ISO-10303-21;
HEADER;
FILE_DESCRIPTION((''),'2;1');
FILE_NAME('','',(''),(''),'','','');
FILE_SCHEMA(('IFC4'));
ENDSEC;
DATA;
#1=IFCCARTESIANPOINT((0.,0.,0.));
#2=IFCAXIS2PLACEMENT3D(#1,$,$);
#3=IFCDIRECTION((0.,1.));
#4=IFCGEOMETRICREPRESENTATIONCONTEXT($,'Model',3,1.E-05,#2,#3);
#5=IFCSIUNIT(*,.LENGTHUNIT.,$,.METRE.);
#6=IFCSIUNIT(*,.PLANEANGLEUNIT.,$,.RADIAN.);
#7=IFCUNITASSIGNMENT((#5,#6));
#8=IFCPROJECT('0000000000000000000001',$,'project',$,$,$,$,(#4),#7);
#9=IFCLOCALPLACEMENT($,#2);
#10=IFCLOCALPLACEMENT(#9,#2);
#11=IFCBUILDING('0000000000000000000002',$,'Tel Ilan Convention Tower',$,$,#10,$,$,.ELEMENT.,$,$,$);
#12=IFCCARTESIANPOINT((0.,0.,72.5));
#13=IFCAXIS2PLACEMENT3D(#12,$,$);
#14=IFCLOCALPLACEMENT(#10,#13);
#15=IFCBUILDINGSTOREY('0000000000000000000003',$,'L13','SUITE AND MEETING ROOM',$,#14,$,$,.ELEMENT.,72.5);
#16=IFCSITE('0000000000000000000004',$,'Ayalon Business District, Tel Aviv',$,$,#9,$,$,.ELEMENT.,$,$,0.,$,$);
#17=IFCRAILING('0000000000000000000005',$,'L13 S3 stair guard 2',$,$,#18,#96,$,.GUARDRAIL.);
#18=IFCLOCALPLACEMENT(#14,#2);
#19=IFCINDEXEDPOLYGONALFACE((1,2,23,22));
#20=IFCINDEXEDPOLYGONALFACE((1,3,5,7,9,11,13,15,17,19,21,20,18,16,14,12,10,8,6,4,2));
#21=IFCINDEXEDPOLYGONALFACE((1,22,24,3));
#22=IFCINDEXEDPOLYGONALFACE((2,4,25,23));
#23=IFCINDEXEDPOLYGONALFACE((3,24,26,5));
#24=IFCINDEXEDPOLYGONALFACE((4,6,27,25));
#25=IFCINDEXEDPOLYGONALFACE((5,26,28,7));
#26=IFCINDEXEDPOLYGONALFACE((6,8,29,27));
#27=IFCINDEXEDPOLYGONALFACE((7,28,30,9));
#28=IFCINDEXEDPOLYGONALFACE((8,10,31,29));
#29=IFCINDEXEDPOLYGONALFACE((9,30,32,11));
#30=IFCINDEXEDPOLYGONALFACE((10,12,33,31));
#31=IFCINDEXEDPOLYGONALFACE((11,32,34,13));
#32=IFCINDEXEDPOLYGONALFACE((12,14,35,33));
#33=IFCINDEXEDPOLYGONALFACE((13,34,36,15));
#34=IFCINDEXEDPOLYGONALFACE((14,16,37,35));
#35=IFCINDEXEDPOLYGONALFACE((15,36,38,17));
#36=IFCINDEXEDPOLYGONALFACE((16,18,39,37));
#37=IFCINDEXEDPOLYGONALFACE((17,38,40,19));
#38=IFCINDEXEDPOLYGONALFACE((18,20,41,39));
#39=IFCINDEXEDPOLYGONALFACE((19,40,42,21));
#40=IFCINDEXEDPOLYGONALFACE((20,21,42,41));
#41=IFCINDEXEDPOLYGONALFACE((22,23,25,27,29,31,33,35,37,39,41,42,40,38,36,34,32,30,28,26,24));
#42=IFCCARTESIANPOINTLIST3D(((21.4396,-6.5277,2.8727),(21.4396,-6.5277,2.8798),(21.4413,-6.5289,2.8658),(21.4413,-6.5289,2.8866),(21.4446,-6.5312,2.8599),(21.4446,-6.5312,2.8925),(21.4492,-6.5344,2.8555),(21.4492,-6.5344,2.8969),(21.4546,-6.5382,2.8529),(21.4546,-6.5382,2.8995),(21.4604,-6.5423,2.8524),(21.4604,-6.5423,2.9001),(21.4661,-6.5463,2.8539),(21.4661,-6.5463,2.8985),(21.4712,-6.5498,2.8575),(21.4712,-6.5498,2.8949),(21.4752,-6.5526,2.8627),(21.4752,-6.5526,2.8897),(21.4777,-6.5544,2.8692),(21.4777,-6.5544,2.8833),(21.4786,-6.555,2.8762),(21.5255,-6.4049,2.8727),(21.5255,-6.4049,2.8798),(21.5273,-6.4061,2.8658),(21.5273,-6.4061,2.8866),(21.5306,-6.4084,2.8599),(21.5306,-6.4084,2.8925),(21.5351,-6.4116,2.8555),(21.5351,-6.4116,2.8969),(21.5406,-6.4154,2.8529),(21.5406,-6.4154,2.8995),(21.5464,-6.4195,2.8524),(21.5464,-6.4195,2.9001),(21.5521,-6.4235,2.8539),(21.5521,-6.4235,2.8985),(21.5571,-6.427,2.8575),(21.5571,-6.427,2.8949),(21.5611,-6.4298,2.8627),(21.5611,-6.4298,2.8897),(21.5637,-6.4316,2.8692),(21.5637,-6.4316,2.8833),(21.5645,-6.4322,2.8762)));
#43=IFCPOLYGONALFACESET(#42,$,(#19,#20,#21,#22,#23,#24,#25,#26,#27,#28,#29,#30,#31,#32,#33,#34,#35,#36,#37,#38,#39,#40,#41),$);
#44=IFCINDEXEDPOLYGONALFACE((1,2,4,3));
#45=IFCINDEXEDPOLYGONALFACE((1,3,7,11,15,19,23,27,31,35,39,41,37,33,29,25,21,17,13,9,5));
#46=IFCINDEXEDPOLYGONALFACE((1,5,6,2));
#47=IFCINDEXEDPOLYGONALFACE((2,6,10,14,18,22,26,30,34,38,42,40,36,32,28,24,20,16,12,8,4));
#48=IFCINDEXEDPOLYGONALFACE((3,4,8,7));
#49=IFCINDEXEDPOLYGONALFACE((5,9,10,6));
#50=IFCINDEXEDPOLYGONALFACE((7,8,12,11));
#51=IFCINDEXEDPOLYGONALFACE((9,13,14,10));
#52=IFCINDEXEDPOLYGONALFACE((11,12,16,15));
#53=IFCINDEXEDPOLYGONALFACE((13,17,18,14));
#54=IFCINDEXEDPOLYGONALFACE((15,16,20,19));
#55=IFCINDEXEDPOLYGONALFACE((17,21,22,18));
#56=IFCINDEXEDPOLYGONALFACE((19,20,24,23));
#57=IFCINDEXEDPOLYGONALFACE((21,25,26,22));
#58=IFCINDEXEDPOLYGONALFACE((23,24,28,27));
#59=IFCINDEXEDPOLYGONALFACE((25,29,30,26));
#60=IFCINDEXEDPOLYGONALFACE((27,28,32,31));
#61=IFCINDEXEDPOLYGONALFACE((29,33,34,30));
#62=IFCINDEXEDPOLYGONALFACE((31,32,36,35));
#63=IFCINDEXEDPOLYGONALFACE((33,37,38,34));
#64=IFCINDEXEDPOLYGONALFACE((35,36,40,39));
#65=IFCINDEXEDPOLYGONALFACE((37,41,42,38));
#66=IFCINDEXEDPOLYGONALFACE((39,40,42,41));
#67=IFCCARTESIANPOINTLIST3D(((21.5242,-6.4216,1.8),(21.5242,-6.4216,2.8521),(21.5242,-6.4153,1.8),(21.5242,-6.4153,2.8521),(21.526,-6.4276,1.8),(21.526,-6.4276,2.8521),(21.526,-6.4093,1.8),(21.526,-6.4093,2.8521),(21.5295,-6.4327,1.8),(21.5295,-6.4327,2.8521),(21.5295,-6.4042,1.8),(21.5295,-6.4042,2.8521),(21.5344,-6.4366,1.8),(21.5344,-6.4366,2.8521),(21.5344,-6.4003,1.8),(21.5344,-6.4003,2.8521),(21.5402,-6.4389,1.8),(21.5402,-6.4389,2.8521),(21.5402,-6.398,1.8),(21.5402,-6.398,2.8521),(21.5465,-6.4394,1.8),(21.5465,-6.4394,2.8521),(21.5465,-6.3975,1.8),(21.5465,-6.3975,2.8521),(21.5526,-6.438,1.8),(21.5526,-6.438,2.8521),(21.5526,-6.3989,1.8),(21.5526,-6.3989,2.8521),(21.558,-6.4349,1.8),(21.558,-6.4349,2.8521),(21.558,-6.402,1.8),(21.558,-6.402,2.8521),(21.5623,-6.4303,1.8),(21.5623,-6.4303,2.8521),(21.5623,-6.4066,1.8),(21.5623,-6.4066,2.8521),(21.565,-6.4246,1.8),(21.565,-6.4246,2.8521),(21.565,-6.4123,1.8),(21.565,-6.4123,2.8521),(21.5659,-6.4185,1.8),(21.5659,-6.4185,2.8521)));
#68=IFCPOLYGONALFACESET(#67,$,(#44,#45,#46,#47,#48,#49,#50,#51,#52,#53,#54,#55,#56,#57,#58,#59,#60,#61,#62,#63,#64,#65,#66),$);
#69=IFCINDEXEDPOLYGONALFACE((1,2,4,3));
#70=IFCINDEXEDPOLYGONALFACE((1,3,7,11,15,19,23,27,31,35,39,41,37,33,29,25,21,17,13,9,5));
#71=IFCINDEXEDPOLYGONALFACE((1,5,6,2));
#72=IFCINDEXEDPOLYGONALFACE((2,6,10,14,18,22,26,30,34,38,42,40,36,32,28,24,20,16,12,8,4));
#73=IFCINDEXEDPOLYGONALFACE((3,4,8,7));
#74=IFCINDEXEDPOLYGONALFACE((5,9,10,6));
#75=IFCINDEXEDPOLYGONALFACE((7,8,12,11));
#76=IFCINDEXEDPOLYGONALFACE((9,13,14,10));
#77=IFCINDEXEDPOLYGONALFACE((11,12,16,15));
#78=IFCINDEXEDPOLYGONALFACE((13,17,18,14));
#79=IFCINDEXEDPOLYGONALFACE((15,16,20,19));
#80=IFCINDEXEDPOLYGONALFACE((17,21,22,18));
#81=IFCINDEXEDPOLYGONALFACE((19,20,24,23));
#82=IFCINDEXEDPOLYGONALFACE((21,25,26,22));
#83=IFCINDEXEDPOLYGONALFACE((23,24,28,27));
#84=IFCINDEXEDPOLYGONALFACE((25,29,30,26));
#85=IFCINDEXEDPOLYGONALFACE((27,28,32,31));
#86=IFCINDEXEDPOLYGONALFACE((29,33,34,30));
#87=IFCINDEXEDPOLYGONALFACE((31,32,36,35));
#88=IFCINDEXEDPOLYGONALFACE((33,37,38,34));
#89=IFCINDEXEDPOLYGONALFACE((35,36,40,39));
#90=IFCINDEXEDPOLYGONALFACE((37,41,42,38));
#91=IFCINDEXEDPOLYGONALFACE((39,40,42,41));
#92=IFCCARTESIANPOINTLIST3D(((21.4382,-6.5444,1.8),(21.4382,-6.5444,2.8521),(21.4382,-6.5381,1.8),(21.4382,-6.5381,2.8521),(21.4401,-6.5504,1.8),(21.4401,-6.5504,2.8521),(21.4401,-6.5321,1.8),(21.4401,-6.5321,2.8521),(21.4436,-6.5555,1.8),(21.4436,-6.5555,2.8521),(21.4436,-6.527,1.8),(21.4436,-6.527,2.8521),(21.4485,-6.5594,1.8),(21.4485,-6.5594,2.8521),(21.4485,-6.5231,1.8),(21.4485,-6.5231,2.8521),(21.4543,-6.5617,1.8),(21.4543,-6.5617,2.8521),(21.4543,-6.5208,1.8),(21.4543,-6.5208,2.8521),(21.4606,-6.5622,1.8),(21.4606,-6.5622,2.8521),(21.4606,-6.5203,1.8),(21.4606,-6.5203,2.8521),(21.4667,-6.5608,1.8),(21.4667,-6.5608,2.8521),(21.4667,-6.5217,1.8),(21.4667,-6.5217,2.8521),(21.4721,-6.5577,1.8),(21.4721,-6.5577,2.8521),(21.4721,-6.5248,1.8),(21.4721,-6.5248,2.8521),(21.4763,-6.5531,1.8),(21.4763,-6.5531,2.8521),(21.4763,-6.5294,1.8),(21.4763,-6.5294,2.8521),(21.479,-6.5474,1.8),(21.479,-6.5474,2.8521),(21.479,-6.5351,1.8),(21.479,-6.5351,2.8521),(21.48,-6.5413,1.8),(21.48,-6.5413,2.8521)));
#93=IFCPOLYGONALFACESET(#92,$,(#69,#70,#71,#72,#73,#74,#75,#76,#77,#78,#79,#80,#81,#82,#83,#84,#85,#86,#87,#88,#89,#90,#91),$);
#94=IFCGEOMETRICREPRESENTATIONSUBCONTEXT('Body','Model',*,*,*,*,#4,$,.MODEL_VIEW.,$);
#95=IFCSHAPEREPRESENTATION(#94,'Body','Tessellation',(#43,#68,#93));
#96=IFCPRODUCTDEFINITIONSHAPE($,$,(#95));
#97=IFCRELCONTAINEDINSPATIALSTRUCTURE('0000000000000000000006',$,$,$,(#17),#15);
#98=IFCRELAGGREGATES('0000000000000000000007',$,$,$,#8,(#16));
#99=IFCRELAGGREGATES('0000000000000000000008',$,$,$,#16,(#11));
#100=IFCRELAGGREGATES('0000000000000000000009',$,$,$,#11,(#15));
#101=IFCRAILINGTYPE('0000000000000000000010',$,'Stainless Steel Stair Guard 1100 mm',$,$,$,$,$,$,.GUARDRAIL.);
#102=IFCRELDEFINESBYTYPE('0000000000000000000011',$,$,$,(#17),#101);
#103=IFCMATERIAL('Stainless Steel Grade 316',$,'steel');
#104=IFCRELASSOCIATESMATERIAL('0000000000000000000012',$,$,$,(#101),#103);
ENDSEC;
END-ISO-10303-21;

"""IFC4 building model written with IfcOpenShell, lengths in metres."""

from ifc_helpers import new_model, si_unit, direction, frame, origin, origin_2d, place, context, subcontext, project, spatial, circle, extrude, material, type_object, element, save


model = new_model("IFC4")

# Units and contexts
model_context = context("Model", 3, precision=1e-05, world=origin(), true_north=direction((0.0, 1.0)))
body_context = subcontext(model_context, "Body", "Model", "MODEL_VIEW")
ifc_project = project(units=[si_unit("LENGTHUNIT", "METRE"), si_unit("PLANEANGLEUNIT", "RADIAN")], contexts=[model_context])

# Site, building, storey
site_placement = place(None, origin())
site = spatial("IfcSite", under=ifc_project, at=site_placement, Name="Ayalon Business District, Tel Aviv", CompositionType="ELEMENT", RefElevation=0.0)
building_placement = place(site_placement, origin())
building = spatial("IfcBuilding", under=site, at=building_placement, Name="Tel Ilan Convention Tower", CompositionType="ELEMENT")
storey_placement = place(building_placement, frame((0.0, 0.0, 72.5)))
storey = spatial("IfcBuildingStorey", under=building, at=storey_placement, Name="L13", Description="SUITE AND MEETING ROOM", CompositionType="ELEMENT", Elevation=72.5)

# Railing
ifc_material_1 = material(Name="Stainless Steel Grade 316", Category="steel")
railing_type_1 = type_object("IfcRailingType", Name="Stainless Steel Stair Guard 1100 mm", PredefinedType="GUARDRAIL", material=ifc_material_1)
railing_1_placement = place(storey_placement, frame((21.5449, -6.4185, 1.8)))
element("IfcRailing", 1, at=railing_1_placement, inside=storey, type_object=railing_type_1, Name="L13 S3 stair guard 2", PredefinedType="GUARDRAIL", context=body_context, shape_type="SweptSolid", body=[
    extrude(circle(Radius=0.0239, at=origin_2d()), frame((0.0, 0.0, 1.0762), z_axis=(-0.573353, -0.819308, 0.0), x_axis=(0.819308, -0.573353, 0.0)), (0.0, 0.0, 1.0), 0.1499),
    extrude(circle(Radius=0.021, at=origin_2d()), origin(), (0.0, 0.0, 1.0), 1.052),
    extrude(circle(Radius=0.021, at=origin_2d()), frame((-0.0859, -0.1228, 0.0)), (0.0, 0.0, 1.0), 1.052),
])

save(model, "model.ifc")
